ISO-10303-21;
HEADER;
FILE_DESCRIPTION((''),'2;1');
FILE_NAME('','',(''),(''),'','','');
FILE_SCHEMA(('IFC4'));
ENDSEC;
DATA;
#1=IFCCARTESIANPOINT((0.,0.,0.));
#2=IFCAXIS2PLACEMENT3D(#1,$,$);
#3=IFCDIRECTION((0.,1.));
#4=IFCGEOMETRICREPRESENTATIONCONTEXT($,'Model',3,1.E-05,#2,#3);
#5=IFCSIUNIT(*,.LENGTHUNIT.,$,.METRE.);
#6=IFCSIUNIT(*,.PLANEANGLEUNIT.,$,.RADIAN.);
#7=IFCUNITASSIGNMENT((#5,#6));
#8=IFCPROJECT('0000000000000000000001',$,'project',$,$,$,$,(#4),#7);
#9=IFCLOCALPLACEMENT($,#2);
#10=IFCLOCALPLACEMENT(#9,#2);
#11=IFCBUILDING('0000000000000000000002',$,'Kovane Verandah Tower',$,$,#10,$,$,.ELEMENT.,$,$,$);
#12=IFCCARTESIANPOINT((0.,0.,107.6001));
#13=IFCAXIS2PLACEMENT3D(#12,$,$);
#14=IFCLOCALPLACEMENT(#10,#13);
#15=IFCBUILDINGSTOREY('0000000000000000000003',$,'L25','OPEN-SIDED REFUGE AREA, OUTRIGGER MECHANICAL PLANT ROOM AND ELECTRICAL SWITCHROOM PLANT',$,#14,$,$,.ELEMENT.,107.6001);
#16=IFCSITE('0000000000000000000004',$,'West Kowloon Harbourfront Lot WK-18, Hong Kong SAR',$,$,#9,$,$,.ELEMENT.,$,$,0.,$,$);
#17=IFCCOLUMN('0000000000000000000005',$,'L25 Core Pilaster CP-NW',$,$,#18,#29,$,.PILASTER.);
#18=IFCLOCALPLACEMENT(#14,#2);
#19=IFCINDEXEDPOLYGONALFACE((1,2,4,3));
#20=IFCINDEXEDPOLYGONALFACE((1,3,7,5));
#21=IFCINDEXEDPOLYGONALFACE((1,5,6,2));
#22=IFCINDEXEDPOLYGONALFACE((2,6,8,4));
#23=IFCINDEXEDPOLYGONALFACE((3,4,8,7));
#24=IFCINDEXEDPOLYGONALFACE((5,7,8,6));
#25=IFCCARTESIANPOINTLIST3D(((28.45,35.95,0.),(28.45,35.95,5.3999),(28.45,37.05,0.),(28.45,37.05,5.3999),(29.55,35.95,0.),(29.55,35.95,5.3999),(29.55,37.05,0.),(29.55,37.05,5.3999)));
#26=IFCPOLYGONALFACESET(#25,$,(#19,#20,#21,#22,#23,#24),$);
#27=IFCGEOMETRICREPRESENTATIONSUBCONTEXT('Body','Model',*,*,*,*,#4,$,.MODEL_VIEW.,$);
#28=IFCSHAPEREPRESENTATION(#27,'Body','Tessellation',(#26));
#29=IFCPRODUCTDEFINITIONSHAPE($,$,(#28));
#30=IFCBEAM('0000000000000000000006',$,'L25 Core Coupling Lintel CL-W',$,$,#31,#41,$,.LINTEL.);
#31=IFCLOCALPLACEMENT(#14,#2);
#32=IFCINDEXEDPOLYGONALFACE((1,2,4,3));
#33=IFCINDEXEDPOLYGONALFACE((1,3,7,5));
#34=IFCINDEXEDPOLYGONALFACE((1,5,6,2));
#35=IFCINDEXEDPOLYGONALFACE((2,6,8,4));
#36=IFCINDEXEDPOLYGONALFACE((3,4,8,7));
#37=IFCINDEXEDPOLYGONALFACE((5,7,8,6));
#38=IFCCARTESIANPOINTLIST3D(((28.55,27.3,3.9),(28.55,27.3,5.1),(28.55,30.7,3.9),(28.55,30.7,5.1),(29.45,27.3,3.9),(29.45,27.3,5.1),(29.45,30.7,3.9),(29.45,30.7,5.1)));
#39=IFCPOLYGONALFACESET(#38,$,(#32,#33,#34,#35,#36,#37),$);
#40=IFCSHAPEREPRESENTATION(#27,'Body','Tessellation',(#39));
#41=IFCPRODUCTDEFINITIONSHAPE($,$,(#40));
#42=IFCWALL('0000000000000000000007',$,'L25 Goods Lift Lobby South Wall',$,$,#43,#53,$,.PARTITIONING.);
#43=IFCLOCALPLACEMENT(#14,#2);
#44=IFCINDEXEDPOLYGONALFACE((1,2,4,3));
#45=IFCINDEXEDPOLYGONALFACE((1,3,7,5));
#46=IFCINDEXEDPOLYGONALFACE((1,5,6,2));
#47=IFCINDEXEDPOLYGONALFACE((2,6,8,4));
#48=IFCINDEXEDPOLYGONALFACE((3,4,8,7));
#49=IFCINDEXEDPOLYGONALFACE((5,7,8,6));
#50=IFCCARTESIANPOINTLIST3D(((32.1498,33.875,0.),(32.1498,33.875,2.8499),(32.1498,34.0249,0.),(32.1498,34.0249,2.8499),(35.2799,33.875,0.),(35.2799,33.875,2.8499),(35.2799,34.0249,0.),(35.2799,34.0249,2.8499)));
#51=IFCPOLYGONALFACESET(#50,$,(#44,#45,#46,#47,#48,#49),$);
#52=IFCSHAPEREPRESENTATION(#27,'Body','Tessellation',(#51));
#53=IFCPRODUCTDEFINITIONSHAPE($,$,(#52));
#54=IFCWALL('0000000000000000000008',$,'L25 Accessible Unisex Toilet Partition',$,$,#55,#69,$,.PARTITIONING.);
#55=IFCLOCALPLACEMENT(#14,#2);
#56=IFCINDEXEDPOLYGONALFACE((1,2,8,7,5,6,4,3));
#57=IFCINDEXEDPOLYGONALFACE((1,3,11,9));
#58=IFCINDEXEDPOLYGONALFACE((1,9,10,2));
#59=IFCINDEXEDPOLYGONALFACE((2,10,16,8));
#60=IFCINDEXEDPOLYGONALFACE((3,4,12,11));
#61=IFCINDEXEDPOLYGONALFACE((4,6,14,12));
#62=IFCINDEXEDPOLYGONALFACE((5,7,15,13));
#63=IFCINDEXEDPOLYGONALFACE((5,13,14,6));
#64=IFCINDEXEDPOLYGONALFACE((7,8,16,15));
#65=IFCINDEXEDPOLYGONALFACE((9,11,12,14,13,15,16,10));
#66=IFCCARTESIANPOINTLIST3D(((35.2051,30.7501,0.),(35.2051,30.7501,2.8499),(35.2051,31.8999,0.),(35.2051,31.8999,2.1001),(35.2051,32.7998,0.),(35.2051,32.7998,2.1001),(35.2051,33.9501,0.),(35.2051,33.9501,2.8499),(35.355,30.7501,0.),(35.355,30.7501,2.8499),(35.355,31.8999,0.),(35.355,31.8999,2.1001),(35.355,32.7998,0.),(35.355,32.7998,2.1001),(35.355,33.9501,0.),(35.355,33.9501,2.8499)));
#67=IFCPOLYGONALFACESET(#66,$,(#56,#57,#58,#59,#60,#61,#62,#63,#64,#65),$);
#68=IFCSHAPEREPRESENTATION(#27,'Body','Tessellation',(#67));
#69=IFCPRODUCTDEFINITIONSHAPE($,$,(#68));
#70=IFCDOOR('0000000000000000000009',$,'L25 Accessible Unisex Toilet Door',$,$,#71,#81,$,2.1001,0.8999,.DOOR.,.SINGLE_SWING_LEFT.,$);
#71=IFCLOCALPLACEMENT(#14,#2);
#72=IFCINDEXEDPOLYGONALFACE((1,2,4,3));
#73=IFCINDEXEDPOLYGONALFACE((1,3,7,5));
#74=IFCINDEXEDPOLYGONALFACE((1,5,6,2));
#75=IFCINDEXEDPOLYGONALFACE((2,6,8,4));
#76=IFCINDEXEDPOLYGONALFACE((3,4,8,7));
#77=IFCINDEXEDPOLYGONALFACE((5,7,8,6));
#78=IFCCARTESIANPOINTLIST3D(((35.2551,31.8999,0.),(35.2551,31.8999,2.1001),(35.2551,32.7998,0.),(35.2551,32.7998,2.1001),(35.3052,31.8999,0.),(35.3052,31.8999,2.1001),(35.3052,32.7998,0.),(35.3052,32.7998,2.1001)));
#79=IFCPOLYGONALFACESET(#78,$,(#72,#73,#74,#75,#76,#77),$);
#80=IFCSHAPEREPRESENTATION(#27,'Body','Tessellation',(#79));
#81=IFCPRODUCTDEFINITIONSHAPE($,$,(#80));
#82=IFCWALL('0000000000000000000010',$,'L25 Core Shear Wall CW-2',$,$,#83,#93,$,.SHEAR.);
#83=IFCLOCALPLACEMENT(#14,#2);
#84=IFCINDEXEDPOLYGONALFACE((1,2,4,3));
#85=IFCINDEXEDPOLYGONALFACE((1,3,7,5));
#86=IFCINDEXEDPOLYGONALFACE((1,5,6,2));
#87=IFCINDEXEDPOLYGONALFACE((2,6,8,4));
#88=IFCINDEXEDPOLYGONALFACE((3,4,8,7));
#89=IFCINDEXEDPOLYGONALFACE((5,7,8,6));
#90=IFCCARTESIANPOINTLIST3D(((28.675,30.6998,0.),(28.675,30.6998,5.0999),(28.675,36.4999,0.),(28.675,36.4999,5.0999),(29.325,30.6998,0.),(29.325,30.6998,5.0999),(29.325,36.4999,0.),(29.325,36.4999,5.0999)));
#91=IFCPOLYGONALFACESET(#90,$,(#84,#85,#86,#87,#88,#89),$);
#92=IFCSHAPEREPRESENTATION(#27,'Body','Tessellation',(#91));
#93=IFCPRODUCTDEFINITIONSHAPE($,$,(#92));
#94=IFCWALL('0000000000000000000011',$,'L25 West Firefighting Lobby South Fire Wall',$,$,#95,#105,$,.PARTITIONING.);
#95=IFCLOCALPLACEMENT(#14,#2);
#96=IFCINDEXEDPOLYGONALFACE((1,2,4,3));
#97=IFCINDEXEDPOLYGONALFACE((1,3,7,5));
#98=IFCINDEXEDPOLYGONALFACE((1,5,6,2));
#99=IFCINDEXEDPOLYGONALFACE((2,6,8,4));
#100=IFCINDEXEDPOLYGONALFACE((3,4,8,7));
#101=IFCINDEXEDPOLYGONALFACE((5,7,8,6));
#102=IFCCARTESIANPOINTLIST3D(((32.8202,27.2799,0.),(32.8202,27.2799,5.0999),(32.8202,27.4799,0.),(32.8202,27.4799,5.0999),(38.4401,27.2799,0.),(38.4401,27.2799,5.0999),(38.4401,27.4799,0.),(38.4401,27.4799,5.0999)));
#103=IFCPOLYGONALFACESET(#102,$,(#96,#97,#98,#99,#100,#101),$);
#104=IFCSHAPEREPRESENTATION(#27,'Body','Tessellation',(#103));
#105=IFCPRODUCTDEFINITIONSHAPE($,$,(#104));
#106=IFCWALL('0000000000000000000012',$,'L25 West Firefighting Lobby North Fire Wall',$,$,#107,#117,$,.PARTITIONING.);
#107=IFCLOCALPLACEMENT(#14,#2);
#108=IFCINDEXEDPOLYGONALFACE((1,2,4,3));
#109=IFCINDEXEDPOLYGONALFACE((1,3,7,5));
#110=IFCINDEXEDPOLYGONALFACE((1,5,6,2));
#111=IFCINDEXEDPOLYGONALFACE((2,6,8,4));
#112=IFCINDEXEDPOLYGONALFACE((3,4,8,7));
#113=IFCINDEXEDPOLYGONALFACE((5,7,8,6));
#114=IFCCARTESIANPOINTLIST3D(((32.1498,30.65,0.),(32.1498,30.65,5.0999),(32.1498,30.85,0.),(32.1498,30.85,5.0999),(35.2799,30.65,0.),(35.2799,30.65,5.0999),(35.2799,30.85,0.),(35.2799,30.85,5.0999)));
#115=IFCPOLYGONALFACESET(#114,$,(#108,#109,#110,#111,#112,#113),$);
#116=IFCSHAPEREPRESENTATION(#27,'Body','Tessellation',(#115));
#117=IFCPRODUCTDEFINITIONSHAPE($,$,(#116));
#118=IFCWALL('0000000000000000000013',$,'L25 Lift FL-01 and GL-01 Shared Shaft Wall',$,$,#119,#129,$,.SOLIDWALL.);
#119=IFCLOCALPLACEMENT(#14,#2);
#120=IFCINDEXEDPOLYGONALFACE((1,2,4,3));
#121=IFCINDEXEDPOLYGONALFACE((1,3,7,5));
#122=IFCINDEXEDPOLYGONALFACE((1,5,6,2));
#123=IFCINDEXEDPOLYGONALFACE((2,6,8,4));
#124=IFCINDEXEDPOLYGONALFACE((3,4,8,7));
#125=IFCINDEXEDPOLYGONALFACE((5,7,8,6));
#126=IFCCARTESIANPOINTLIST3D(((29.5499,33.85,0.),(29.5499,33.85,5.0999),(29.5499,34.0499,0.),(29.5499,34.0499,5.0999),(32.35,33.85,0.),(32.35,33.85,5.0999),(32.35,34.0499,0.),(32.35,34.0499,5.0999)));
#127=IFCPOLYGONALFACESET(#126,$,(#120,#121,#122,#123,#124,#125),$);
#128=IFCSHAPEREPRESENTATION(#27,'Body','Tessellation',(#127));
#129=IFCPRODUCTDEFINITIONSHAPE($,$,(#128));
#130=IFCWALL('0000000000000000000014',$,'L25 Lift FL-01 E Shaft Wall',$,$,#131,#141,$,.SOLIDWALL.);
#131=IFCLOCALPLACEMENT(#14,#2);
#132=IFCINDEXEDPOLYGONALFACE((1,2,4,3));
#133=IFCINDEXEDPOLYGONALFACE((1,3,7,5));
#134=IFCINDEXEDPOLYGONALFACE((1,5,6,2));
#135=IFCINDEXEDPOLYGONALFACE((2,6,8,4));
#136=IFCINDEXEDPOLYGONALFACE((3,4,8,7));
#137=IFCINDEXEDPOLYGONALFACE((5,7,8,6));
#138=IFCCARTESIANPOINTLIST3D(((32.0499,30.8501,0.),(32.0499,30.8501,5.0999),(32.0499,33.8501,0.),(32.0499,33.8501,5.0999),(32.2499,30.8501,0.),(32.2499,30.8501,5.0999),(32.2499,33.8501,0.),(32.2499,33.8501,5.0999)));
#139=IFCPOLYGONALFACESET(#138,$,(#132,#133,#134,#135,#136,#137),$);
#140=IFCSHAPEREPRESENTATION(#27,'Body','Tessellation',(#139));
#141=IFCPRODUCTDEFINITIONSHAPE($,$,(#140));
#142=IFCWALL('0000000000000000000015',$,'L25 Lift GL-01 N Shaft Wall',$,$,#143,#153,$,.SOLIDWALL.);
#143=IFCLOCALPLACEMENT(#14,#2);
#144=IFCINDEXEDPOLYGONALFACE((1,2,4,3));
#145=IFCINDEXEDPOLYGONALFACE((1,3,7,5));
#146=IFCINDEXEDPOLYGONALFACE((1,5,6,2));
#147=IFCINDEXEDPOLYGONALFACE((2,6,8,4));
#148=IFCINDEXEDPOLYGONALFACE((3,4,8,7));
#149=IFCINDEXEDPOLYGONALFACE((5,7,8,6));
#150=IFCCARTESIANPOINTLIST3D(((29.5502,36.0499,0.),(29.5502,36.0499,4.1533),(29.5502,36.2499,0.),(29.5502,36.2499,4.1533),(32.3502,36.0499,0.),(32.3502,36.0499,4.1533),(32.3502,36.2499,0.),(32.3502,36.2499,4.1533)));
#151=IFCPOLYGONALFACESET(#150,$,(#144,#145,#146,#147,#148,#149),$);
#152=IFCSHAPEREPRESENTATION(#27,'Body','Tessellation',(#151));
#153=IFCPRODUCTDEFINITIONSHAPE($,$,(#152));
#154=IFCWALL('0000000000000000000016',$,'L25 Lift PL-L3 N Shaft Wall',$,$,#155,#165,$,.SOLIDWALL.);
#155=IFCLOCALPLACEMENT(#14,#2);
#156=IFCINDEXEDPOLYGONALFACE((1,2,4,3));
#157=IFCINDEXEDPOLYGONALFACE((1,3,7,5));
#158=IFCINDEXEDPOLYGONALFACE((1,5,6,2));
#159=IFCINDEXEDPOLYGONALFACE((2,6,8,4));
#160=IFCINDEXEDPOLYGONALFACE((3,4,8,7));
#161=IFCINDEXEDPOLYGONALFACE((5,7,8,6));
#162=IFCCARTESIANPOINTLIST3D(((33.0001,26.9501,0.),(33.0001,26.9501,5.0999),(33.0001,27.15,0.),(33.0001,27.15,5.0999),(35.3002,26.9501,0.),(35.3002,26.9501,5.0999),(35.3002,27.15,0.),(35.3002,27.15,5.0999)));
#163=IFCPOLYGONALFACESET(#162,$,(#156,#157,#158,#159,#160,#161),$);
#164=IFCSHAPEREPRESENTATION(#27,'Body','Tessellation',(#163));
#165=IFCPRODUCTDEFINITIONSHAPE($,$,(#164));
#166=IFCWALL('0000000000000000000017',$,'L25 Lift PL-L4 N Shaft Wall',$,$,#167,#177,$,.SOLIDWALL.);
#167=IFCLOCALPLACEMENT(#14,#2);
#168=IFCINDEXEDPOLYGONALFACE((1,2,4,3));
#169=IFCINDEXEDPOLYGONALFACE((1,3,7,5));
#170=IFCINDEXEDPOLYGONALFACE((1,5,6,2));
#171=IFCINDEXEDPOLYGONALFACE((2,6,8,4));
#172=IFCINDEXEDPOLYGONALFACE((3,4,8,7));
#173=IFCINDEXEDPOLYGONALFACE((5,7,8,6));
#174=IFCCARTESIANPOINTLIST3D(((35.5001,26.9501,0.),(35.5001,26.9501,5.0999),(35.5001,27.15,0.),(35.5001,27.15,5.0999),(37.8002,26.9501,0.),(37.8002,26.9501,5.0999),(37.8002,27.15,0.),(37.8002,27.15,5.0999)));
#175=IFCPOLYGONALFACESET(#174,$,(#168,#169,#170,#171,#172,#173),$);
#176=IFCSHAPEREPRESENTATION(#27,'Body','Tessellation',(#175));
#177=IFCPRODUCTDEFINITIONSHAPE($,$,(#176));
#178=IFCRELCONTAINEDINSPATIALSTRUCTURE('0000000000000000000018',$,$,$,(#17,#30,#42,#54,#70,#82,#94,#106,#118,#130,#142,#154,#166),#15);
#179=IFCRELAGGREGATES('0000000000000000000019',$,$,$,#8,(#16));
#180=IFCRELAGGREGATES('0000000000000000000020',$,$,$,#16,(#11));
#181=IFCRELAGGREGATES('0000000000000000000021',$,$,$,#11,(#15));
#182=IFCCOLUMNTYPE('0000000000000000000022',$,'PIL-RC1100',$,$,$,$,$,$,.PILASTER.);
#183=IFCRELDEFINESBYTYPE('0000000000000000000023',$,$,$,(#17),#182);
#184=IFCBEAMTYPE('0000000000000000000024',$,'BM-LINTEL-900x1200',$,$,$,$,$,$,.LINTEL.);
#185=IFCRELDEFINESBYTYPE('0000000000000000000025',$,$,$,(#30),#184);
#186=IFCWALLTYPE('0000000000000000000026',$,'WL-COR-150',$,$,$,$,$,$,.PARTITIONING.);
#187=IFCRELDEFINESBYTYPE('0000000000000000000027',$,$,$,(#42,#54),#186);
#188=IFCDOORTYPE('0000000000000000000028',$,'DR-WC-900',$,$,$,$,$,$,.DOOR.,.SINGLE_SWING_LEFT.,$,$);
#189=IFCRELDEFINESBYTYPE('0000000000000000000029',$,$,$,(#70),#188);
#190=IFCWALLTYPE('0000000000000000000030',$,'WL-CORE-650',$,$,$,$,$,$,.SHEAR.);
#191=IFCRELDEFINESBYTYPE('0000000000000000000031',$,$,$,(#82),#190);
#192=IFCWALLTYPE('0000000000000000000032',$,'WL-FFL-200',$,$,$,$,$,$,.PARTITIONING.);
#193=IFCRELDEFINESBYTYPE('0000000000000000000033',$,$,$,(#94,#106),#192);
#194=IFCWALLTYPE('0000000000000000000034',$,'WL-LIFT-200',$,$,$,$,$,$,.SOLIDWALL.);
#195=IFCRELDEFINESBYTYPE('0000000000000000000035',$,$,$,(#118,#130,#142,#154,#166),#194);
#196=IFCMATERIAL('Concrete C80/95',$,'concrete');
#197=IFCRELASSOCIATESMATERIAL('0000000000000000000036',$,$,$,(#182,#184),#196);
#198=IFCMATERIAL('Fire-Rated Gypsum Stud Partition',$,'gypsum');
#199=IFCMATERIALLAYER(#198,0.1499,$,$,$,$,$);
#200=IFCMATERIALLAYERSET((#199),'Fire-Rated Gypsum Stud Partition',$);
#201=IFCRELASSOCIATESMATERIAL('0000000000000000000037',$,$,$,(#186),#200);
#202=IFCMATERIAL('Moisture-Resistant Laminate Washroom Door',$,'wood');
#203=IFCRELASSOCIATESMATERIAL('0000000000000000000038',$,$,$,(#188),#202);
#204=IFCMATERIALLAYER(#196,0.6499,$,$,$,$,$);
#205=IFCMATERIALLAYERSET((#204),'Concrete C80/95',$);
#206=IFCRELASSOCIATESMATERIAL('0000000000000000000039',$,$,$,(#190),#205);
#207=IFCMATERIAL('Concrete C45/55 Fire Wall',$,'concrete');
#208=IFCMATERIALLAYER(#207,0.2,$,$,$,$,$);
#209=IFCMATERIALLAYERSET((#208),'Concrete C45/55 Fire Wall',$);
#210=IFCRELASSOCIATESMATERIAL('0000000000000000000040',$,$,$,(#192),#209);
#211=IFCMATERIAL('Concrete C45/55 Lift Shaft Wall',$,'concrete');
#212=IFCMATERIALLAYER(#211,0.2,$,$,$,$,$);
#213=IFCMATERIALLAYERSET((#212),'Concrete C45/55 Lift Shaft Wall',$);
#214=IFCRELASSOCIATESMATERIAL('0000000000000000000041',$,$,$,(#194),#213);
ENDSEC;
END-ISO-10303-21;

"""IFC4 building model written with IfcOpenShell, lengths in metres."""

from ifc_helpers import new_model, si_unit, direction, frame, frame_2d, origin, origin_2d, place, context, subcontext, project, spatial, rectangle, extrude, material, layer, layer_set, material_profile, profile_set, type_object, element, fill, save


model = new_model("IFC4")

# Units and contexts
model_context = context("Model", 3, precision=1e-05, world=origin(), true_north=direction((0.0, 1.0)))
body_context = subcontext(model_context, "Body", "Model", "MODEL_VIEW")
ifc_project = project(units=[si_unit("LENGTHUNIT", "METRE"), si_unit("PLANEANGLEUNIT", "RADIAN")], contexts=[model_context])

# Site, building, storey
site_placement = place(None, origin())
site = spatial("IfcSite", under=ifc_project, at=site_placement, Name="West Kowloon Harbourfront Lot WK-18, Hong Kong SAR", CompositionType="ELEMENT", RefElevation=0.0)
building_placement = place(site_placement, origin())
building = spatial("IfcBuilding", under=site, at=building_placement, Name="Kovane Verandah Tower", CompositionType="ELEMENT")
storey_placement = place(building_placement, frame((0.0, 0.0, 107.6001)))
storey = spatial("IfcBuildingStorey", under=building, at=storey_placement, Name="L25", Description="OPEN-SIDED REFUGE AREA, OUTRIGGER MECHANICAL PLANT ROOM AND ELECTRICAL SWITCHROOM PLANT", CompositionType="ELEMENT", Elevation=107.6001)

# Column
ifc_material_1 = material(Name="Concrete C80/95", Category="concrete")
ifc_material_profile_1 = material_profile(ifc_material_1, rectangle(XDim=1.1001, YDim=1.1001, at=origin_2d()), Name="RC1100x1100")
ifc_profile_set_1 = profile_set([ifc_material_profile_1], Name="Concrete C80/95")
column_type = type_object("IfcColumnType", Name="PIL-RC1100", PredefinedType="PILASTER", material=ifc_profile_set_1)
column_placement = place(storey_placement, frame((29.0, 36.5, 0.0), z_axis=(0.0, 0.0, 1.0), x_axis=(1.0, 0.0, 0.0)))
element("IfcColumn", 1, at=column_placement, inside=storey, type_object=column_type, Name="L25 Core Pilaster CP-NW", PredefinedType="PILASTER", context=body_context, shape_type="SweptSolid", body=[
    extrude(rectangle(XDim=1.1001, YDim=1.1001, at=origin_2d()), origin(), (0.0, 0.0, 1.0), 5.3999),
])

# Beam
ifc_material_profile_2 = material_profile(ifc_material_1, rectangle(XDim=0.8999, YDim=1.2, at=origin_2d()), Name="RCB900x1200")
ifc_profile_set_2 = profile_set([ifc_material_profile_2], Name="Concrete C80/95")
beam_type = type_object("IfcBeamType", Name="BM-LINTEL-900x1200", PredefinedType="LINTEL", material=ifc_profile_set_2)
beam_placement = place(storey_placement, frame((29.0, 27.3, 4.5), z_axis=(0.0, 1.0, 0.0), x_axis=(-1.0, 0.0, 0.0)))
element("IfcBeam", 2, at=beam_placement, inside=storey, type_object=beam_type, Name="L25 Core Coupling Lintel CL-W", PredefinedType="LINTEL", context=body_context, shape_type="SweptSolid", body=[
    extrude(rectangle(XDim=0.8999, YDim=1.2, at=origin_2d()), origin(), (0.0, 0.0, 1.0), 3.3999),
])

# Wall
ifc_material_2 = material(Name="Fire-Rated Gypsum Stud Partition", Category="gypsum")
ifc_layer_1 = layer(ifc_material_2, 0.1499)
ifc_layer_set_1 = layer_set([ifc_layer_1], Name="Fire-Rated Gypsum Stud Partition")
wall_type_1 = type_object("IfcWallType", Name="WL-COR-150", PredefinedType="PARTITIONING", material=ifc_layer_set_1)
wall_1_placement = place(storey_placement, frame((32.1499, 33.95, 0.0), z_axis=(0.0, 0.0, 1.0), x_axis=(1.0, 0.0, 0.0)))
element("IfcWall", 3, at=wall_1_placement, inside=storey, type_object=wall_type_1, Name="L25 Goods Lift Lobby South Wall", PredefinedType="PARTITIONING", context=body_context, shape_type="SweptSolid", body=[
    extrude(rectangle(XDim=3.1301, YDim=0.1499, at=frame_2d((1.5649, 0.0))), origin(), (0.0, 0.0, 1.0), 2.8499),
])

# Wall, opening, door
wall_2_placement = place(storey_placement, frame((35.28, 30.75, 0.0), z_axis=(0.0, 0.0, 1.0), x_axis=(0.0, 1.0, 0.0)))
wall_2 = element("IfcWall", 4, at=wall_2_placement, inside=storey, type_object=wall_type_1, Name="L25 Accessible Unisex Toilet Partition", PredefinedType="PARTITIONING", context=body_context, shape_type="SweptSolid", body=[
    extrude(rectangle(XDim=3.2, YDim=0.1499, at=frame_2d((1.6001, 0.0))), origin(), (0.0, 0.0, 1.0), 2.8499),
])
opening_1_placement = place(wall_2_placement, frame((1.1499, 0.0, 0.0)))
opening_1 = element("IfcOpeningElement", 5, at=opening_1_placement, cuts=wall_2, PredefinedType="OPENING", context=body_context, shape_type="SweptSolid", body=[
    extrude(rectangle(XDim=0.8999, YDim=2.1001, at=frame_2d((0.45, 1.05))), frame((0.0, 0.075, 0.0), z_axis=(0.0, -1.0, 0.0), x_axis=(1.0, 0.0, 0.0)), (0.0, 0.0, 1.0), 0.1499),
])
ifc_material_3 = material(Name="Moisture-Resistant Laminate Washroom Door", Category="wood")
door_type_1 = type_object("IfcDoorType", Name="DR-WC-900", OperationType="SINGLE_SWING_LEFT", PredefinedType="DOOR", material=ifc_material_3)
door_1_placement = place(opening_1_placement, origin())
door_1 = element("IfcDoor", 6, at=door_1_placement, inside=storey, type_object=door_type_1, Name="L25 Accessible Unisex Toilet Door", OperationType="SINGLE_SWING_LEFT", OverallHeight=2.1001, OverallWidth=0.8999, PredefinedType="DOOR", context=body_context, shape_type="SweptSolid", body=[
    extrude(rectangle(XDim=0.8999, YDim=2.1001, at=frame_2d((0.45, 1.05))), frame((0.0, 0.0249, 0.0), z_axis=(0.0, -1.0, 0.0), x_axis=(1.0, 0.0, 0.0)), (0.0, 0.0, 1.0), 0.05),
])
fill(opening_1, door_1)

# Wall
ifc_layer_2 = layer(ifc_material_1, 0.6499)
ifc_layer_set_2 = layer_set([ifc_layer_2], Name="Concrete C80/95")
wall_type_2 = type_object("IfcWallType", Name="WL-CORE-650", PredefinedType="SHEAR", material=ifc_layer_set_2)
wall_3_placement = place(storey_placement, frame((29.0, 30.7, 0.0), z_axis=(0.0, 0.0, 1.0), x_axis=(0.0, 1.0, 0.0)))
element("IfcWall", 7, at=wall_3_placement, inside=storey, type_object=wall_type_2, Name="L25 Core Shear Wall CW-2", PredefinedType="SHEAR", context=body_context, shape_type="SweptSolid", body=[
    extrude(rectangle(XDim=5.8, YDim=0.6499, at=frame_2d((2.8999, 0.0))), origin(), (0.0, 0.0, 1.0), 5.0999),
])

# Shared definitions
ifc_material_4 = material(Name="Concrete C45/55 Fire Wall", Category="concrete")
ifc_layer_3 = layer(ifc_material_4, 0.2)
ifc_layer_set_3 = layer_set([ifc_layer_3], Name="Concrete C45/55 Fire Wall")
wall_type_3 = type_object("IfcWallType", Name="WL-FFL-200", PredefinedType="PARTITIONING", material=ifc_layer_set_3)

# Walls
wall_4_placement = place(storey_placement, frame((32.8201, 27.3799, 0.0), z_axis=(0.0, 0.0, 1.0), x_axis=(1.0, 0.0, 0.0)))
element("IfcWall", 8, at=wall_4_placement, inside=storey, type_object=wall_type_3, Name="L25 West Firefighting Lobby South Fire Wall", PredefinedType="PARTITIONING", context=body_context, shape_type="SweptSolid", body=[
    extrude(rectangle(XDim=5.6199, YDim=0.2, at=frame_2d((2.8101, 0.0))), origin(), (0.0, 0.0, 1.0), 5.0999),
])
wall_5_placement = place(storey_placement, frame((32.1499, 30.75, 0.0), z_axis=(0.0, 0.0, 1.0), x_axis=(1.0, 0.0, 0.0)))
element("IfcWall", 9, at=wall_5_placement, inside=storey, type_object=wall_type_3, Name="L25 West Firefighting Lobby North Fire Wall", PredefinedType="PARTITIONING", context=body_context, shape_type="SweptSolid", body=[
    extrude(rectangle(XDim=3.1301, YDim=0.2, at=frame_2d((1.5649, 0.0))), origin(), (0.0, 0.0, 1.0), 5.0999),
])

# Shared definitions
ifc_material_5 = material(Name="Concrete C45/55 Lift Shaft Wall", Category="concrete")
ifc_layer_4 = layer(ifc_material_5, 0.2)
ifc_layer_set_4 = layer_set([ifc_layer_4], Name="Concrete C45/55 Lift Shaft Wall")
wall_type_4 = type_object("IfcWallType", Name="WL-LIFT-200", PredefinedType="SOLIDWALL", material=ifc_layer_set_4)

# Walls
wall_6_placement = place(storey_placement, frame((29.55, 33.95, 0.0), z_axis=(0.0, 0.0, 1.0), x_axis=(1.0, 0.0, 0.0)))
element("IfcWall", 10, at=wall_6_placement, inside=storey, type_object=wall_type_4, Name="L25 Lift FL-01 and GL-01 Shared Shaft Wall", PredefinedType="SOLIDWALL", context=body_context, shape_type="SweptSolid", body=[
    extrude(rectangle(XDim=2.8, YDim=0.2, at=frame_2d((1.3999, 0.0))), origin(), (0.0, 0.0, 1.0), 5.0999),
])
wall_7_placement = place(storey_placement, frame((32.1499, 30.8501, 0.0), z_axis=(0.0, 0.0, 1.0), x_axis=(0.0, 1.0, 0.0)))
element("IfcWall", 11, at=wall_7_placement, inside=storey, type_object=wall_type_4, Name="L25 Lift FL-01 E Shaft Wall", PredefinedType="SOLIDWALL", context=body_context, shape_type="SweptSolid", body=[
    extrude(rectangle(XDim=3.0, YDim=0.2, at=frame_2d((1.5, 0.0))), origin(), (0.0, 0.0, 1.0), 5.0999),
])
wall_8_placement = place(storey_placement, frame((32.3501, 36.1499, 0.0), z_axis=(0.0, 0.0, 1.0), x_axis=(-1.0, 0.0, 0.0)))
element("IfcWall", 12, at=wall_8_placement, inside=storey, type_object=wall_type_4, Name="L25 Lift GL-01 N Shaft Wall", PredefinedType="SOLIDWALL", context=body_context, shape_type="SweptSolid", body=[
    extrude(rectangle(XDim=2.8, YDim=0.2, at=frame_2d((1.3999, 0.0))), origin(), (0.0, 0.0, 1.0), 4.1533),
])

# Walls
for number, where, z_axis, x_axis, name in (
    (13, (35.3, 27.05, 0.0), (0.0, 0.0, 1.0), (-1.0, 0.0, 0.0), "L25 Lift PL-L3 N Shaft Wall"),
    (14, (37.8, 27.05, 0.0), (0.0, 0.0, 1.0), (-1.0, 0.0, 0.0), "L25 Lift PL-L4 N Shaft Wall"),
):
    element("IfcWall", number, at=place(storey_placement, frame(where, z_axis=z_axis, x_axis=x_axis)), inside=storey, type_object=wall_type_4, Name=name, PredefinedType="SOLIDWALL", context=body_context, shape_type="SweptSolid", body=[
        extrude(rectangle(XDim=2.3, YDim=0.2, at=frame_2d((1.1499, 0.0))), origin(), (0.0, 0.0, 1.0), 5.0999),
    ])

save(model, "model.ifc")
